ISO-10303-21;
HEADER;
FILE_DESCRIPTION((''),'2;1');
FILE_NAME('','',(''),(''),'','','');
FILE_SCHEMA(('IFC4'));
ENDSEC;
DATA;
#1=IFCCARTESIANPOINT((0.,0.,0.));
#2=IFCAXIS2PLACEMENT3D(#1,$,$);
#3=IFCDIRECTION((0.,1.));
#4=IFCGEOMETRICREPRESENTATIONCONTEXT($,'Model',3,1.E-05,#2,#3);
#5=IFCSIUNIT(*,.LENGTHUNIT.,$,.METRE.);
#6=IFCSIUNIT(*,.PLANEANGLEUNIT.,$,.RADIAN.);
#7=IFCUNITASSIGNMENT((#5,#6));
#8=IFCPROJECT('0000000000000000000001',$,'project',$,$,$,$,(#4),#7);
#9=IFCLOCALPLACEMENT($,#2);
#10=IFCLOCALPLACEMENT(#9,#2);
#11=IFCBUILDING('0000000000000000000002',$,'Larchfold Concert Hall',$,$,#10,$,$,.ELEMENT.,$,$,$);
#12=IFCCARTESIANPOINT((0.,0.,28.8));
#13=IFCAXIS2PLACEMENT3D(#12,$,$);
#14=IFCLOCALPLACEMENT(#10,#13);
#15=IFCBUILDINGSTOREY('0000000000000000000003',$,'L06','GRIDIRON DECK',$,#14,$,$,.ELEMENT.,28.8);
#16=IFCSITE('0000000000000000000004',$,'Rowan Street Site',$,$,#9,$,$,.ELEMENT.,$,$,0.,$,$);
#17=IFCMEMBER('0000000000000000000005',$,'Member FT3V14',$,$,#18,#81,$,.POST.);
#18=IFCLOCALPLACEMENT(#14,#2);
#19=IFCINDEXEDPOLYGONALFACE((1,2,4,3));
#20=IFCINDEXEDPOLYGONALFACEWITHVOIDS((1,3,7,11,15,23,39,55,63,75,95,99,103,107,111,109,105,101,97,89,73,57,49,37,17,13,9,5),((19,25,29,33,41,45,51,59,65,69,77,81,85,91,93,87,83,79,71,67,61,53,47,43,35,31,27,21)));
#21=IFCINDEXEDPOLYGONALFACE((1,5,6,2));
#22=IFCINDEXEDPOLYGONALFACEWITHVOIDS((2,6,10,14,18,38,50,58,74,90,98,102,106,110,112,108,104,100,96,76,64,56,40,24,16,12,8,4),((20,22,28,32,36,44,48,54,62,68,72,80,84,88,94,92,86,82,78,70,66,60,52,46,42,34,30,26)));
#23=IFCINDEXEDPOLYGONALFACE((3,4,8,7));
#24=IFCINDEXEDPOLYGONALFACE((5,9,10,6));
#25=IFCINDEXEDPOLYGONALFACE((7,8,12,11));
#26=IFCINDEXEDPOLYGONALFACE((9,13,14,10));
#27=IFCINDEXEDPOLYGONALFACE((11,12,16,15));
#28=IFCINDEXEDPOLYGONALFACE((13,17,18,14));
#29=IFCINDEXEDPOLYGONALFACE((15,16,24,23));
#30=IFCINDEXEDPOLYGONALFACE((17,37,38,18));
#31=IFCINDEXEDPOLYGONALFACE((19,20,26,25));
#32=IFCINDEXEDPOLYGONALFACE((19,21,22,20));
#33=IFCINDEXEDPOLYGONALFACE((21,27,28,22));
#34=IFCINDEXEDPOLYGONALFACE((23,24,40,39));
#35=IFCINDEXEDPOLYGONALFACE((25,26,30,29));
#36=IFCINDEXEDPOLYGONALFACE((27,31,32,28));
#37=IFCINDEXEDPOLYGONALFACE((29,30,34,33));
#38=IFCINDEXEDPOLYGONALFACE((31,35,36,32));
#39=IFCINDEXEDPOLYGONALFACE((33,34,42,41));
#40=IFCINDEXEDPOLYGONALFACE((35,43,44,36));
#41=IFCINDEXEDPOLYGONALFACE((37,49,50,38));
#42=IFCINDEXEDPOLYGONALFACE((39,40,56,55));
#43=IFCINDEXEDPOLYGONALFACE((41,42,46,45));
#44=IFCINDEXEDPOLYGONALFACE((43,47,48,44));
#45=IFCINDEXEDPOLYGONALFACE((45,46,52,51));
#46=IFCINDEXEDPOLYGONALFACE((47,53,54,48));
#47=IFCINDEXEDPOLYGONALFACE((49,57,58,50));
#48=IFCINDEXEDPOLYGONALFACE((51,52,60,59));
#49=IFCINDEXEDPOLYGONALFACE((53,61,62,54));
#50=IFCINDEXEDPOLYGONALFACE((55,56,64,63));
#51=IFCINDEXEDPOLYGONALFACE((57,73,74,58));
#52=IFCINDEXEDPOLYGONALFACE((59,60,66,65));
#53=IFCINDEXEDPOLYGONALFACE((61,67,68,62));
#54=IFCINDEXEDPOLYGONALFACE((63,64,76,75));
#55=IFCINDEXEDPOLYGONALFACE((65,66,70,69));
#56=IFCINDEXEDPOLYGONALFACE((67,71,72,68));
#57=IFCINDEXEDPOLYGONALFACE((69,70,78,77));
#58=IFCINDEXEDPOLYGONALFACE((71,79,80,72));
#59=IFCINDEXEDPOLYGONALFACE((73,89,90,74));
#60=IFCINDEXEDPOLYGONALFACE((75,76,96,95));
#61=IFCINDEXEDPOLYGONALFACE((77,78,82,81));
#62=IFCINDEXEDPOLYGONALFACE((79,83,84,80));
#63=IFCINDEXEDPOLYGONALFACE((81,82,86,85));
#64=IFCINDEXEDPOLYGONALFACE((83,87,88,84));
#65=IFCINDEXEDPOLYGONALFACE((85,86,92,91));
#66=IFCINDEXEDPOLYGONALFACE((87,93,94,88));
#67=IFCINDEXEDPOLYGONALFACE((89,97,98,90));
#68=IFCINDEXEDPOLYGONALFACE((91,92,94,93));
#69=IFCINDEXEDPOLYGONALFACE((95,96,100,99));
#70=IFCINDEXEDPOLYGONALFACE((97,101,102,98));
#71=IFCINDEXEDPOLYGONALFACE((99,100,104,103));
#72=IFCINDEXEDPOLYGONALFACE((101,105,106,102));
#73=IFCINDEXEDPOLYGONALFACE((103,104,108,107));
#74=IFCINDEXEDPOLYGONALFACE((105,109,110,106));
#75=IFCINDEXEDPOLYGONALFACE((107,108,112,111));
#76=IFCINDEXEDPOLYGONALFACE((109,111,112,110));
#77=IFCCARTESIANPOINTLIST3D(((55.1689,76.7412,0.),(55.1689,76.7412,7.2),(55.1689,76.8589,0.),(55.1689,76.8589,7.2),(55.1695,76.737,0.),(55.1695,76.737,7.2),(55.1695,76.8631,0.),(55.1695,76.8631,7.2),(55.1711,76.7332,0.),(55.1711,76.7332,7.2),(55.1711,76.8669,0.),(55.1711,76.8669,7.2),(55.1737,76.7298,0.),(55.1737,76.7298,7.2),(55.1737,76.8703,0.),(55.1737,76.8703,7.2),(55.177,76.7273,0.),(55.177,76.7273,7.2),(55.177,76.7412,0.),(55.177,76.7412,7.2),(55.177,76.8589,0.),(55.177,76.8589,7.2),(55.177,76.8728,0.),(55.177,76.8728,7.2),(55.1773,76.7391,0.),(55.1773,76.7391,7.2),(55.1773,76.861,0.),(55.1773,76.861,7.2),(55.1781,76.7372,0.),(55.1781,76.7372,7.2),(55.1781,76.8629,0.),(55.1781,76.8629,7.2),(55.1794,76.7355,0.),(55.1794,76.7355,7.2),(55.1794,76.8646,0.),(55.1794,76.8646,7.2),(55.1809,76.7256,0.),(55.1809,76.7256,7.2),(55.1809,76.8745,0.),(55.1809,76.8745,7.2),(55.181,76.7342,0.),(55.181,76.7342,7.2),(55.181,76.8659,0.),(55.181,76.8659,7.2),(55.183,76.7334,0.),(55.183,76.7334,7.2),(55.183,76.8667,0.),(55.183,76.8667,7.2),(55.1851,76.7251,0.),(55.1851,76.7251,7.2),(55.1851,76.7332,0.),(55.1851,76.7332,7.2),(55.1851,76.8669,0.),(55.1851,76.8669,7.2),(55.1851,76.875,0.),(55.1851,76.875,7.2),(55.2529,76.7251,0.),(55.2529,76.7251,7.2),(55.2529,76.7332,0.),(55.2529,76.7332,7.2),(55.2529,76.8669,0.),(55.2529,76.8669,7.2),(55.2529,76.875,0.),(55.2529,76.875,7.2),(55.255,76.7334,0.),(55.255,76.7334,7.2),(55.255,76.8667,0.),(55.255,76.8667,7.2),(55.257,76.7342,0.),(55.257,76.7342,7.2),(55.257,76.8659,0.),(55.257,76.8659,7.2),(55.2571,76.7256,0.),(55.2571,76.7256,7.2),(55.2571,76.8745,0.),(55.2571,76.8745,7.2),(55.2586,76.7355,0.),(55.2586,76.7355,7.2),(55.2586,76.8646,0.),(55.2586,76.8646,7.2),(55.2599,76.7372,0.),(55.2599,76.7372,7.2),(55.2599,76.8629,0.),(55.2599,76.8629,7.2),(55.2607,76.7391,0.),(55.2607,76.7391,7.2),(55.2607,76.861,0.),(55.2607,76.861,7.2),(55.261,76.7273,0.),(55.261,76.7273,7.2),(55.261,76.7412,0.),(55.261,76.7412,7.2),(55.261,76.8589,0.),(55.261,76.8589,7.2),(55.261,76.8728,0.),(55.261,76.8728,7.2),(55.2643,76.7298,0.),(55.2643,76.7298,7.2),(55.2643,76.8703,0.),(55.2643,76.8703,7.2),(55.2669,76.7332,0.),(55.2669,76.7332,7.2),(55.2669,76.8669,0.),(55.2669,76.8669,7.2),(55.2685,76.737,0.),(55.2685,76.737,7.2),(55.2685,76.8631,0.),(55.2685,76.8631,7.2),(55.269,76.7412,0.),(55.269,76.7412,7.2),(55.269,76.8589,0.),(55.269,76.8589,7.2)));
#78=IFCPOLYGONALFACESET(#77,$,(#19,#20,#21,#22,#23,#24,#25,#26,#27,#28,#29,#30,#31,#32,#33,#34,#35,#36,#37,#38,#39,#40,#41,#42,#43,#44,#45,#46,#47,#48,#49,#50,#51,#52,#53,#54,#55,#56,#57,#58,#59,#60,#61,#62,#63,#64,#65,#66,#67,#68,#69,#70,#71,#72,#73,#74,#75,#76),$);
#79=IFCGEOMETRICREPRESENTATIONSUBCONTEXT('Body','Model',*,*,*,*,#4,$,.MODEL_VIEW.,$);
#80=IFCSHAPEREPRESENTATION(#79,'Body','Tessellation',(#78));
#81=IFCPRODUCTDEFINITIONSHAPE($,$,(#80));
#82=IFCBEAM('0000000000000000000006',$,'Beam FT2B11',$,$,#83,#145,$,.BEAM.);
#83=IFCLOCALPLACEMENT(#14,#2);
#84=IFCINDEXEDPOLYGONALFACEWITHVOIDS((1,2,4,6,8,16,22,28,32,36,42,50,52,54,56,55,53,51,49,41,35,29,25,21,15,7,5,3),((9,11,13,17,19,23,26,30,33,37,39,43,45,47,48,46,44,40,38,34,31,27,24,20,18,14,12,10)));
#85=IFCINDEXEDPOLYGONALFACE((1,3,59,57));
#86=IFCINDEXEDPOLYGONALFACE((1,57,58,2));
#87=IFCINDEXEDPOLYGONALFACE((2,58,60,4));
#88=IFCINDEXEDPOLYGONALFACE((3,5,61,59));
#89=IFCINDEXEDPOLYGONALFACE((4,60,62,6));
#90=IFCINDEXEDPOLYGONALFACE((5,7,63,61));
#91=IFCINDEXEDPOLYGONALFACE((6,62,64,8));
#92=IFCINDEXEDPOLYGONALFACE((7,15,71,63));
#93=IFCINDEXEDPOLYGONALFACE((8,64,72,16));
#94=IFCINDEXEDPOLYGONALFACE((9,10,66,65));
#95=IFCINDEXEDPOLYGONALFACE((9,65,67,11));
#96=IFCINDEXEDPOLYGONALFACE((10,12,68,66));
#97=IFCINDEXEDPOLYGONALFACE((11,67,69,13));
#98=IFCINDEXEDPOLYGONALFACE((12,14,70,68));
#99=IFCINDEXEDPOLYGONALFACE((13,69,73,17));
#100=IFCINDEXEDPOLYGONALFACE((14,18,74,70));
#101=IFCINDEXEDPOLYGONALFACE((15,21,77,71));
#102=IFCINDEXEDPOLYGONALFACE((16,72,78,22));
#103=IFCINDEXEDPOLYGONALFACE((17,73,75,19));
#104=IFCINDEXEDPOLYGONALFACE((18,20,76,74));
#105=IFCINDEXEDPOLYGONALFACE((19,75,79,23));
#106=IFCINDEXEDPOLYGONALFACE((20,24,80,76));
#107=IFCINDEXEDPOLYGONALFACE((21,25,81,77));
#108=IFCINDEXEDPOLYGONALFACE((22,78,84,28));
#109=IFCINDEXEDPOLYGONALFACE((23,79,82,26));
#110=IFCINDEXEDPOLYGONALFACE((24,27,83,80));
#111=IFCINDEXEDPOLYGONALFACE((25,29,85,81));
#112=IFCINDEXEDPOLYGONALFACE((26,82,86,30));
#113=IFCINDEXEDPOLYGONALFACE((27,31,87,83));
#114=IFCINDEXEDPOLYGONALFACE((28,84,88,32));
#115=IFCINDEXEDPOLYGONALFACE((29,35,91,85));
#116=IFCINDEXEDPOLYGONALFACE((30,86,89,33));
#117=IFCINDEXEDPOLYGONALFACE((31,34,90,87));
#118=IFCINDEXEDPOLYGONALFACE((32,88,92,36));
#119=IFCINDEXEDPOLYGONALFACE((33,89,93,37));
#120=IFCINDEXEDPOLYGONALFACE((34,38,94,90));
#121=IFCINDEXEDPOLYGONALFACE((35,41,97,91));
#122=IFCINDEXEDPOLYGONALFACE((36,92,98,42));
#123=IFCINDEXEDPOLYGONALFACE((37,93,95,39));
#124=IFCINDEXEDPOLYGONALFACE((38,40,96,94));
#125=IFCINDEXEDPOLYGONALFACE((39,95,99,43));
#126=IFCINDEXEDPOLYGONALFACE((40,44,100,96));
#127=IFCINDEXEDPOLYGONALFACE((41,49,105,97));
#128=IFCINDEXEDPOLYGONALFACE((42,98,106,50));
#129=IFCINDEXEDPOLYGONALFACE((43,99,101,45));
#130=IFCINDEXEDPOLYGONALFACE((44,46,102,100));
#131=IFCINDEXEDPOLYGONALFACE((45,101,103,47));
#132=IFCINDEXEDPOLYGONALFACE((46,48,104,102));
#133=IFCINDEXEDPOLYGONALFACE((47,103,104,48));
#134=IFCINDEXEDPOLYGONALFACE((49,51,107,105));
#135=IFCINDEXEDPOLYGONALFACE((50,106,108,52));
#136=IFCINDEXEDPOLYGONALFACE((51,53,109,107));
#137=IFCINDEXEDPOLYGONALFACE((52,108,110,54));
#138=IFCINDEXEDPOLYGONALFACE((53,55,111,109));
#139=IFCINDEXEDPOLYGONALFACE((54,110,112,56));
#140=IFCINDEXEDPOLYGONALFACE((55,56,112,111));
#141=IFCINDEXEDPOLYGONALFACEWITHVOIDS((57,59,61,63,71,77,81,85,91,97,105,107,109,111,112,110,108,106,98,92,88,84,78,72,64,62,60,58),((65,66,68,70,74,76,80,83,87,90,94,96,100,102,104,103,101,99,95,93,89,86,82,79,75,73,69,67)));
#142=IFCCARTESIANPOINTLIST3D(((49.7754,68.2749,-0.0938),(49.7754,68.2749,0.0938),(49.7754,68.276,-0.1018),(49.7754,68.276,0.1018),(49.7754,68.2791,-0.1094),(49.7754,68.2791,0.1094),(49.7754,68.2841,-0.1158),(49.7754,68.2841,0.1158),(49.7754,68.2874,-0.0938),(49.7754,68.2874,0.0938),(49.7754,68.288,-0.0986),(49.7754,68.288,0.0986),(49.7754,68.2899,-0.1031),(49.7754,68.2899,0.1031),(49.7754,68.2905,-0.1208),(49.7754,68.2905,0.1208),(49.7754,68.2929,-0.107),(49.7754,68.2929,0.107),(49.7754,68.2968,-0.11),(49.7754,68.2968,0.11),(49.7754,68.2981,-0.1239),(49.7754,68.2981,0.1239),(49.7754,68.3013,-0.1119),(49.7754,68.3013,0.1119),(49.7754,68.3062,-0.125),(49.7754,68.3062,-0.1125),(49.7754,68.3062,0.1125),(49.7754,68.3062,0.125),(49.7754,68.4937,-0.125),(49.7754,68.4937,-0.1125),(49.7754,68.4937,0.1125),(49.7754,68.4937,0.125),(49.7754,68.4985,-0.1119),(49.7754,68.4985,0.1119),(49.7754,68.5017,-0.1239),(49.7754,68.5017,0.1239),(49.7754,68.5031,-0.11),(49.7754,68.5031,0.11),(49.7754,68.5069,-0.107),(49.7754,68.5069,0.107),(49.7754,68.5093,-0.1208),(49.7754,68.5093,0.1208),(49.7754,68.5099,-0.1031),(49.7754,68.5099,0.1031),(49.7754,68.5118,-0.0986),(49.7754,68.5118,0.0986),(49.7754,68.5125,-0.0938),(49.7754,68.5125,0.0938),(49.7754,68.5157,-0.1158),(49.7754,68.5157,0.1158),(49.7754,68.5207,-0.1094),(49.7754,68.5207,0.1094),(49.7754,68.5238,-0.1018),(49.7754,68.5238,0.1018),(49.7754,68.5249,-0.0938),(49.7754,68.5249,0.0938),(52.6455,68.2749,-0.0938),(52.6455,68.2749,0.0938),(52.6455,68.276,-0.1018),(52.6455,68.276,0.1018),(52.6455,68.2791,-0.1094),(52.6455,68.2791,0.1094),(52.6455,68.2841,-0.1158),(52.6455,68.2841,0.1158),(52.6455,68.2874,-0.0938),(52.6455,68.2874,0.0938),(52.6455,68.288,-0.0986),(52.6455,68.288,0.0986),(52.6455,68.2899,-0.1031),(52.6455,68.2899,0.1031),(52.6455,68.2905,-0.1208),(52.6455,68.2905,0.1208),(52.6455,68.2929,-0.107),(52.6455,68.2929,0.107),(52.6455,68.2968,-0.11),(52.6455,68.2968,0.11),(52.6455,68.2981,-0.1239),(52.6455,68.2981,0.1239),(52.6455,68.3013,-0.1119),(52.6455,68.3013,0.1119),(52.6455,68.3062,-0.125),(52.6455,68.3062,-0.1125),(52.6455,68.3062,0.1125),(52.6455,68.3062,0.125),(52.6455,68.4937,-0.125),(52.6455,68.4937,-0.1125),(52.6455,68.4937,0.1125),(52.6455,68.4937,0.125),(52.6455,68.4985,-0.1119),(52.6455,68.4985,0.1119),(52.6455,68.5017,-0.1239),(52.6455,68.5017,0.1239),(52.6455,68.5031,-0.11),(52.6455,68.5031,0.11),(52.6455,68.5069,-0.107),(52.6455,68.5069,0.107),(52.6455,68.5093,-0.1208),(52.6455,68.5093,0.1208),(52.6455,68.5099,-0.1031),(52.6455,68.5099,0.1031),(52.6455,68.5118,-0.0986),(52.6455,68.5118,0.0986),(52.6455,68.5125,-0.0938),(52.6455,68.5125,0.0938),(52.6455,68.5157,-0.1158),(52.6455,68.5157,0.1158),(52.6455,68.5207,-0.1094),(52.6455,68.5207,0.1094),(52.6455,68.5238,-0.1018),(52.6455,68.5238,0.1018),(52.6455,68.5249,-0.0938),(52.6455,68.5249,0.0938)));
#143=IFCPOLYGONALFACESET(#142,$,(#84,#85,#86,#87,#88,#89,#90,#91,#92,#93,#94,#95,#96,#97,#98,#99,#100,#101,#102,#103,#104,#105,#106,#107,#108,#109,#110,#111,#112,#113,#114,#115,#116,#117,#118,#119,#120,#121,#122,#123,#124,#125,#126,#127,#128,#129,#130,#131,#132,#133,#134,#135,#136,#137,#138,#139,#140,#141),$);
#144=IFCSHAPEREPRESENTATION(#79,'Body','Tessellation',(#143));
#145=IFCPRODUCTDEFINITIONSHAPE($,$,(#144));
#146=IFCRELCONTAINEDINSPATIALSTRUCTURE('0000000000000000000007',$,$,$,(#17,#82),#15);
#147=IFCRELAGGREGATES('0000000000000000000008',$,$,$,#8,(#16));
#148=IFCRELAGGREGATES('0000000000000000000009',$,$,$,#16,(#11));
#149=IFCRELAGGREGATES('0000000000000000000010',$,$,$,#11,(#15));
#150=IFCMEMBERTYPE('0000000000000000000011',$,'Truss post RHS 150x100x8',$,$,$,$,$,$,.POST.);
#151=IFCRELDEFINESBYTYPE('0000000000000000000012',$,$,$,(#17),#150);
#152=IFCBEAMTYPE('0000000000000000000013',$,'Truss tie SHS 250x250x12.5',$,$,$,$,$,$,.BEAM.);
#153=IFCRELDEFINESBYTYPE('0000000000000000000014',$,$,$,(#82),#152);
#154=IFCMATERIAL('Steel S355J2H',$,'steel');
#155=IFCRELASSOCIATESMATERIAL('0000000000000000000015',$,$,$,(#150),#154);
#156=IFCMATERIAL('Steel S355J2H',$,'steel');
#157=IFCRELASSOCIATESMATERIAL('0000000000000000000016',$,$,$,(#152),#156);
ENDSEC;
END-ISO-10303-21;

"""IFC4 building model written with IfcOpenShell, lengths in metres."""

from ifc_helpers import new_model, si_unit, direction, frame, origin, origin_2d, place, context, subcontext, project, spatial, hollow_rectangle, extrude, material, material_profile, profile_set, type_object, element, save


model = new_model("IFC4")

# Units and contexts
model_context = context("Model", 3, precision=1e-05, world=origin(), true_north=direction((0.0, 1.0)))
body_context = subcontext(model_context, "Body", "Model", "MODEL_VIEW")
ifc_project = project(units=[si_unit("LENGTHUNIT", "METRE"), si_unit("PLANEANGLEUNIT", "RADIAN")], contexts=[model_context])

# Site, building, storey
site_placement = place(None, origin())
site = spatial("IfcSite", under=ifc_project, at=site_placement, Name="Rowan Street Site", CompositionType="ELEMENT", RefElevation=0.0)
building_placement = place(site_placement, origin())
building = spatial("IfcBuilding", under=site, at=building_placement, Name="Larchfold Concert Hall", CompositionType="ELEMENT")
storey_placement = place(building_placement, frame((0.0, 0.0, 28.8)))
storey = spatial("IfcBuildingStorey", under=building, at=storey_placement, Name="L06", Description="GRIDIRON DECK", CompositionType="ELEMENT", Elevation=28.8)

# Member
ifc_material_1 = material(Name="Steel S355J2H", Category="steel")
ifc_material_profile_1 = material_profile(ifc_material_1, hollow_rectangle(XDim=0.1001, YDim=0.1499, WallThickness=0.0081, InnerFilletRadius=0.0081, OuterFilletRadius=0.0161, at=origin_2d()))
ifc_profile_set_1 = profile_set([ifc_material_profile_1], Name="Steel S355J2H")
member_type_1 = type_object("IfcMemberType", Name="Truss post RHS 150x100x8", PredefinedType="POST", material=ifc_profile_set_1)
for number, where, z_axis, x_axis, name in (
    (1, (55.219, 76.8, 7.2), (0.0, 0.0, -1.0), (1.0, 0.0, 0.0), "Member FT3V14"),
):
    element("IfcMember", number, at=place(storey_placement, frame(where, z_axis=z_axis, x_axis=x_axis)), inside=storey, type_object=member_type_1, Name=name, PredefinedType="POST", context=body_context, shape_type="SweptSolid", body=[
        extrude(hollow_rectangle(XDim=0.1001, YDim=0.1499, WallThickness=0.0081, InnerFilletRadius=0.0081, OuterFilletRadius=0.0161, at=origin_2d()), origin(), (0.0, 0.0, 1.0), 7.2),
    ])

# Beam
ifc_material_2 = material(Name="Steel S355J2H", Category="steel")
ifc_material_profile_2 = material_profile(ifc_material_2, hollow_rectangle(XDim=0.25, YDim=0.25, WallThickness=0.0125, InnerFilletRadius=0.0188, OuterFilletRadius=0.0312, at=origin_2d()))
ifc_profile_set_2 = profile_set([ifc_material_profile_2], Name="Steel S355J2H")
beam_type_1 = type_object("IfcBeamType", Name="Truss tie SHS 250x250x12.5", PredefinedType="BEAM", material=ifc_profile_set_2)
beam_1_placement = place(storey_placement, frame((49.7754, 68.3999, 0.0), z_axis=(1.0, 0.0, 0.0), x_axis=(0.0, 1.0, 0.0)))
element("IfcBeam", 2, at=beam_1_placement, inside=storey, type_object=beam_type_1, Name="Beam FT2B11", PredefinedType="BEAM", context=body_context, shape_type="SweptSolid", body=[
    extrude(hollow_rectangle(XDim=0.25, YDim=0.25, WallThickness=0.0125, InnerFilletRadius=0.0188, OuterFilletRadius=0.0312, at=origin_2d()), origin(), (0.0, 0.0, 1.0), 2.8701),
])

save(model, "model.ifc")
